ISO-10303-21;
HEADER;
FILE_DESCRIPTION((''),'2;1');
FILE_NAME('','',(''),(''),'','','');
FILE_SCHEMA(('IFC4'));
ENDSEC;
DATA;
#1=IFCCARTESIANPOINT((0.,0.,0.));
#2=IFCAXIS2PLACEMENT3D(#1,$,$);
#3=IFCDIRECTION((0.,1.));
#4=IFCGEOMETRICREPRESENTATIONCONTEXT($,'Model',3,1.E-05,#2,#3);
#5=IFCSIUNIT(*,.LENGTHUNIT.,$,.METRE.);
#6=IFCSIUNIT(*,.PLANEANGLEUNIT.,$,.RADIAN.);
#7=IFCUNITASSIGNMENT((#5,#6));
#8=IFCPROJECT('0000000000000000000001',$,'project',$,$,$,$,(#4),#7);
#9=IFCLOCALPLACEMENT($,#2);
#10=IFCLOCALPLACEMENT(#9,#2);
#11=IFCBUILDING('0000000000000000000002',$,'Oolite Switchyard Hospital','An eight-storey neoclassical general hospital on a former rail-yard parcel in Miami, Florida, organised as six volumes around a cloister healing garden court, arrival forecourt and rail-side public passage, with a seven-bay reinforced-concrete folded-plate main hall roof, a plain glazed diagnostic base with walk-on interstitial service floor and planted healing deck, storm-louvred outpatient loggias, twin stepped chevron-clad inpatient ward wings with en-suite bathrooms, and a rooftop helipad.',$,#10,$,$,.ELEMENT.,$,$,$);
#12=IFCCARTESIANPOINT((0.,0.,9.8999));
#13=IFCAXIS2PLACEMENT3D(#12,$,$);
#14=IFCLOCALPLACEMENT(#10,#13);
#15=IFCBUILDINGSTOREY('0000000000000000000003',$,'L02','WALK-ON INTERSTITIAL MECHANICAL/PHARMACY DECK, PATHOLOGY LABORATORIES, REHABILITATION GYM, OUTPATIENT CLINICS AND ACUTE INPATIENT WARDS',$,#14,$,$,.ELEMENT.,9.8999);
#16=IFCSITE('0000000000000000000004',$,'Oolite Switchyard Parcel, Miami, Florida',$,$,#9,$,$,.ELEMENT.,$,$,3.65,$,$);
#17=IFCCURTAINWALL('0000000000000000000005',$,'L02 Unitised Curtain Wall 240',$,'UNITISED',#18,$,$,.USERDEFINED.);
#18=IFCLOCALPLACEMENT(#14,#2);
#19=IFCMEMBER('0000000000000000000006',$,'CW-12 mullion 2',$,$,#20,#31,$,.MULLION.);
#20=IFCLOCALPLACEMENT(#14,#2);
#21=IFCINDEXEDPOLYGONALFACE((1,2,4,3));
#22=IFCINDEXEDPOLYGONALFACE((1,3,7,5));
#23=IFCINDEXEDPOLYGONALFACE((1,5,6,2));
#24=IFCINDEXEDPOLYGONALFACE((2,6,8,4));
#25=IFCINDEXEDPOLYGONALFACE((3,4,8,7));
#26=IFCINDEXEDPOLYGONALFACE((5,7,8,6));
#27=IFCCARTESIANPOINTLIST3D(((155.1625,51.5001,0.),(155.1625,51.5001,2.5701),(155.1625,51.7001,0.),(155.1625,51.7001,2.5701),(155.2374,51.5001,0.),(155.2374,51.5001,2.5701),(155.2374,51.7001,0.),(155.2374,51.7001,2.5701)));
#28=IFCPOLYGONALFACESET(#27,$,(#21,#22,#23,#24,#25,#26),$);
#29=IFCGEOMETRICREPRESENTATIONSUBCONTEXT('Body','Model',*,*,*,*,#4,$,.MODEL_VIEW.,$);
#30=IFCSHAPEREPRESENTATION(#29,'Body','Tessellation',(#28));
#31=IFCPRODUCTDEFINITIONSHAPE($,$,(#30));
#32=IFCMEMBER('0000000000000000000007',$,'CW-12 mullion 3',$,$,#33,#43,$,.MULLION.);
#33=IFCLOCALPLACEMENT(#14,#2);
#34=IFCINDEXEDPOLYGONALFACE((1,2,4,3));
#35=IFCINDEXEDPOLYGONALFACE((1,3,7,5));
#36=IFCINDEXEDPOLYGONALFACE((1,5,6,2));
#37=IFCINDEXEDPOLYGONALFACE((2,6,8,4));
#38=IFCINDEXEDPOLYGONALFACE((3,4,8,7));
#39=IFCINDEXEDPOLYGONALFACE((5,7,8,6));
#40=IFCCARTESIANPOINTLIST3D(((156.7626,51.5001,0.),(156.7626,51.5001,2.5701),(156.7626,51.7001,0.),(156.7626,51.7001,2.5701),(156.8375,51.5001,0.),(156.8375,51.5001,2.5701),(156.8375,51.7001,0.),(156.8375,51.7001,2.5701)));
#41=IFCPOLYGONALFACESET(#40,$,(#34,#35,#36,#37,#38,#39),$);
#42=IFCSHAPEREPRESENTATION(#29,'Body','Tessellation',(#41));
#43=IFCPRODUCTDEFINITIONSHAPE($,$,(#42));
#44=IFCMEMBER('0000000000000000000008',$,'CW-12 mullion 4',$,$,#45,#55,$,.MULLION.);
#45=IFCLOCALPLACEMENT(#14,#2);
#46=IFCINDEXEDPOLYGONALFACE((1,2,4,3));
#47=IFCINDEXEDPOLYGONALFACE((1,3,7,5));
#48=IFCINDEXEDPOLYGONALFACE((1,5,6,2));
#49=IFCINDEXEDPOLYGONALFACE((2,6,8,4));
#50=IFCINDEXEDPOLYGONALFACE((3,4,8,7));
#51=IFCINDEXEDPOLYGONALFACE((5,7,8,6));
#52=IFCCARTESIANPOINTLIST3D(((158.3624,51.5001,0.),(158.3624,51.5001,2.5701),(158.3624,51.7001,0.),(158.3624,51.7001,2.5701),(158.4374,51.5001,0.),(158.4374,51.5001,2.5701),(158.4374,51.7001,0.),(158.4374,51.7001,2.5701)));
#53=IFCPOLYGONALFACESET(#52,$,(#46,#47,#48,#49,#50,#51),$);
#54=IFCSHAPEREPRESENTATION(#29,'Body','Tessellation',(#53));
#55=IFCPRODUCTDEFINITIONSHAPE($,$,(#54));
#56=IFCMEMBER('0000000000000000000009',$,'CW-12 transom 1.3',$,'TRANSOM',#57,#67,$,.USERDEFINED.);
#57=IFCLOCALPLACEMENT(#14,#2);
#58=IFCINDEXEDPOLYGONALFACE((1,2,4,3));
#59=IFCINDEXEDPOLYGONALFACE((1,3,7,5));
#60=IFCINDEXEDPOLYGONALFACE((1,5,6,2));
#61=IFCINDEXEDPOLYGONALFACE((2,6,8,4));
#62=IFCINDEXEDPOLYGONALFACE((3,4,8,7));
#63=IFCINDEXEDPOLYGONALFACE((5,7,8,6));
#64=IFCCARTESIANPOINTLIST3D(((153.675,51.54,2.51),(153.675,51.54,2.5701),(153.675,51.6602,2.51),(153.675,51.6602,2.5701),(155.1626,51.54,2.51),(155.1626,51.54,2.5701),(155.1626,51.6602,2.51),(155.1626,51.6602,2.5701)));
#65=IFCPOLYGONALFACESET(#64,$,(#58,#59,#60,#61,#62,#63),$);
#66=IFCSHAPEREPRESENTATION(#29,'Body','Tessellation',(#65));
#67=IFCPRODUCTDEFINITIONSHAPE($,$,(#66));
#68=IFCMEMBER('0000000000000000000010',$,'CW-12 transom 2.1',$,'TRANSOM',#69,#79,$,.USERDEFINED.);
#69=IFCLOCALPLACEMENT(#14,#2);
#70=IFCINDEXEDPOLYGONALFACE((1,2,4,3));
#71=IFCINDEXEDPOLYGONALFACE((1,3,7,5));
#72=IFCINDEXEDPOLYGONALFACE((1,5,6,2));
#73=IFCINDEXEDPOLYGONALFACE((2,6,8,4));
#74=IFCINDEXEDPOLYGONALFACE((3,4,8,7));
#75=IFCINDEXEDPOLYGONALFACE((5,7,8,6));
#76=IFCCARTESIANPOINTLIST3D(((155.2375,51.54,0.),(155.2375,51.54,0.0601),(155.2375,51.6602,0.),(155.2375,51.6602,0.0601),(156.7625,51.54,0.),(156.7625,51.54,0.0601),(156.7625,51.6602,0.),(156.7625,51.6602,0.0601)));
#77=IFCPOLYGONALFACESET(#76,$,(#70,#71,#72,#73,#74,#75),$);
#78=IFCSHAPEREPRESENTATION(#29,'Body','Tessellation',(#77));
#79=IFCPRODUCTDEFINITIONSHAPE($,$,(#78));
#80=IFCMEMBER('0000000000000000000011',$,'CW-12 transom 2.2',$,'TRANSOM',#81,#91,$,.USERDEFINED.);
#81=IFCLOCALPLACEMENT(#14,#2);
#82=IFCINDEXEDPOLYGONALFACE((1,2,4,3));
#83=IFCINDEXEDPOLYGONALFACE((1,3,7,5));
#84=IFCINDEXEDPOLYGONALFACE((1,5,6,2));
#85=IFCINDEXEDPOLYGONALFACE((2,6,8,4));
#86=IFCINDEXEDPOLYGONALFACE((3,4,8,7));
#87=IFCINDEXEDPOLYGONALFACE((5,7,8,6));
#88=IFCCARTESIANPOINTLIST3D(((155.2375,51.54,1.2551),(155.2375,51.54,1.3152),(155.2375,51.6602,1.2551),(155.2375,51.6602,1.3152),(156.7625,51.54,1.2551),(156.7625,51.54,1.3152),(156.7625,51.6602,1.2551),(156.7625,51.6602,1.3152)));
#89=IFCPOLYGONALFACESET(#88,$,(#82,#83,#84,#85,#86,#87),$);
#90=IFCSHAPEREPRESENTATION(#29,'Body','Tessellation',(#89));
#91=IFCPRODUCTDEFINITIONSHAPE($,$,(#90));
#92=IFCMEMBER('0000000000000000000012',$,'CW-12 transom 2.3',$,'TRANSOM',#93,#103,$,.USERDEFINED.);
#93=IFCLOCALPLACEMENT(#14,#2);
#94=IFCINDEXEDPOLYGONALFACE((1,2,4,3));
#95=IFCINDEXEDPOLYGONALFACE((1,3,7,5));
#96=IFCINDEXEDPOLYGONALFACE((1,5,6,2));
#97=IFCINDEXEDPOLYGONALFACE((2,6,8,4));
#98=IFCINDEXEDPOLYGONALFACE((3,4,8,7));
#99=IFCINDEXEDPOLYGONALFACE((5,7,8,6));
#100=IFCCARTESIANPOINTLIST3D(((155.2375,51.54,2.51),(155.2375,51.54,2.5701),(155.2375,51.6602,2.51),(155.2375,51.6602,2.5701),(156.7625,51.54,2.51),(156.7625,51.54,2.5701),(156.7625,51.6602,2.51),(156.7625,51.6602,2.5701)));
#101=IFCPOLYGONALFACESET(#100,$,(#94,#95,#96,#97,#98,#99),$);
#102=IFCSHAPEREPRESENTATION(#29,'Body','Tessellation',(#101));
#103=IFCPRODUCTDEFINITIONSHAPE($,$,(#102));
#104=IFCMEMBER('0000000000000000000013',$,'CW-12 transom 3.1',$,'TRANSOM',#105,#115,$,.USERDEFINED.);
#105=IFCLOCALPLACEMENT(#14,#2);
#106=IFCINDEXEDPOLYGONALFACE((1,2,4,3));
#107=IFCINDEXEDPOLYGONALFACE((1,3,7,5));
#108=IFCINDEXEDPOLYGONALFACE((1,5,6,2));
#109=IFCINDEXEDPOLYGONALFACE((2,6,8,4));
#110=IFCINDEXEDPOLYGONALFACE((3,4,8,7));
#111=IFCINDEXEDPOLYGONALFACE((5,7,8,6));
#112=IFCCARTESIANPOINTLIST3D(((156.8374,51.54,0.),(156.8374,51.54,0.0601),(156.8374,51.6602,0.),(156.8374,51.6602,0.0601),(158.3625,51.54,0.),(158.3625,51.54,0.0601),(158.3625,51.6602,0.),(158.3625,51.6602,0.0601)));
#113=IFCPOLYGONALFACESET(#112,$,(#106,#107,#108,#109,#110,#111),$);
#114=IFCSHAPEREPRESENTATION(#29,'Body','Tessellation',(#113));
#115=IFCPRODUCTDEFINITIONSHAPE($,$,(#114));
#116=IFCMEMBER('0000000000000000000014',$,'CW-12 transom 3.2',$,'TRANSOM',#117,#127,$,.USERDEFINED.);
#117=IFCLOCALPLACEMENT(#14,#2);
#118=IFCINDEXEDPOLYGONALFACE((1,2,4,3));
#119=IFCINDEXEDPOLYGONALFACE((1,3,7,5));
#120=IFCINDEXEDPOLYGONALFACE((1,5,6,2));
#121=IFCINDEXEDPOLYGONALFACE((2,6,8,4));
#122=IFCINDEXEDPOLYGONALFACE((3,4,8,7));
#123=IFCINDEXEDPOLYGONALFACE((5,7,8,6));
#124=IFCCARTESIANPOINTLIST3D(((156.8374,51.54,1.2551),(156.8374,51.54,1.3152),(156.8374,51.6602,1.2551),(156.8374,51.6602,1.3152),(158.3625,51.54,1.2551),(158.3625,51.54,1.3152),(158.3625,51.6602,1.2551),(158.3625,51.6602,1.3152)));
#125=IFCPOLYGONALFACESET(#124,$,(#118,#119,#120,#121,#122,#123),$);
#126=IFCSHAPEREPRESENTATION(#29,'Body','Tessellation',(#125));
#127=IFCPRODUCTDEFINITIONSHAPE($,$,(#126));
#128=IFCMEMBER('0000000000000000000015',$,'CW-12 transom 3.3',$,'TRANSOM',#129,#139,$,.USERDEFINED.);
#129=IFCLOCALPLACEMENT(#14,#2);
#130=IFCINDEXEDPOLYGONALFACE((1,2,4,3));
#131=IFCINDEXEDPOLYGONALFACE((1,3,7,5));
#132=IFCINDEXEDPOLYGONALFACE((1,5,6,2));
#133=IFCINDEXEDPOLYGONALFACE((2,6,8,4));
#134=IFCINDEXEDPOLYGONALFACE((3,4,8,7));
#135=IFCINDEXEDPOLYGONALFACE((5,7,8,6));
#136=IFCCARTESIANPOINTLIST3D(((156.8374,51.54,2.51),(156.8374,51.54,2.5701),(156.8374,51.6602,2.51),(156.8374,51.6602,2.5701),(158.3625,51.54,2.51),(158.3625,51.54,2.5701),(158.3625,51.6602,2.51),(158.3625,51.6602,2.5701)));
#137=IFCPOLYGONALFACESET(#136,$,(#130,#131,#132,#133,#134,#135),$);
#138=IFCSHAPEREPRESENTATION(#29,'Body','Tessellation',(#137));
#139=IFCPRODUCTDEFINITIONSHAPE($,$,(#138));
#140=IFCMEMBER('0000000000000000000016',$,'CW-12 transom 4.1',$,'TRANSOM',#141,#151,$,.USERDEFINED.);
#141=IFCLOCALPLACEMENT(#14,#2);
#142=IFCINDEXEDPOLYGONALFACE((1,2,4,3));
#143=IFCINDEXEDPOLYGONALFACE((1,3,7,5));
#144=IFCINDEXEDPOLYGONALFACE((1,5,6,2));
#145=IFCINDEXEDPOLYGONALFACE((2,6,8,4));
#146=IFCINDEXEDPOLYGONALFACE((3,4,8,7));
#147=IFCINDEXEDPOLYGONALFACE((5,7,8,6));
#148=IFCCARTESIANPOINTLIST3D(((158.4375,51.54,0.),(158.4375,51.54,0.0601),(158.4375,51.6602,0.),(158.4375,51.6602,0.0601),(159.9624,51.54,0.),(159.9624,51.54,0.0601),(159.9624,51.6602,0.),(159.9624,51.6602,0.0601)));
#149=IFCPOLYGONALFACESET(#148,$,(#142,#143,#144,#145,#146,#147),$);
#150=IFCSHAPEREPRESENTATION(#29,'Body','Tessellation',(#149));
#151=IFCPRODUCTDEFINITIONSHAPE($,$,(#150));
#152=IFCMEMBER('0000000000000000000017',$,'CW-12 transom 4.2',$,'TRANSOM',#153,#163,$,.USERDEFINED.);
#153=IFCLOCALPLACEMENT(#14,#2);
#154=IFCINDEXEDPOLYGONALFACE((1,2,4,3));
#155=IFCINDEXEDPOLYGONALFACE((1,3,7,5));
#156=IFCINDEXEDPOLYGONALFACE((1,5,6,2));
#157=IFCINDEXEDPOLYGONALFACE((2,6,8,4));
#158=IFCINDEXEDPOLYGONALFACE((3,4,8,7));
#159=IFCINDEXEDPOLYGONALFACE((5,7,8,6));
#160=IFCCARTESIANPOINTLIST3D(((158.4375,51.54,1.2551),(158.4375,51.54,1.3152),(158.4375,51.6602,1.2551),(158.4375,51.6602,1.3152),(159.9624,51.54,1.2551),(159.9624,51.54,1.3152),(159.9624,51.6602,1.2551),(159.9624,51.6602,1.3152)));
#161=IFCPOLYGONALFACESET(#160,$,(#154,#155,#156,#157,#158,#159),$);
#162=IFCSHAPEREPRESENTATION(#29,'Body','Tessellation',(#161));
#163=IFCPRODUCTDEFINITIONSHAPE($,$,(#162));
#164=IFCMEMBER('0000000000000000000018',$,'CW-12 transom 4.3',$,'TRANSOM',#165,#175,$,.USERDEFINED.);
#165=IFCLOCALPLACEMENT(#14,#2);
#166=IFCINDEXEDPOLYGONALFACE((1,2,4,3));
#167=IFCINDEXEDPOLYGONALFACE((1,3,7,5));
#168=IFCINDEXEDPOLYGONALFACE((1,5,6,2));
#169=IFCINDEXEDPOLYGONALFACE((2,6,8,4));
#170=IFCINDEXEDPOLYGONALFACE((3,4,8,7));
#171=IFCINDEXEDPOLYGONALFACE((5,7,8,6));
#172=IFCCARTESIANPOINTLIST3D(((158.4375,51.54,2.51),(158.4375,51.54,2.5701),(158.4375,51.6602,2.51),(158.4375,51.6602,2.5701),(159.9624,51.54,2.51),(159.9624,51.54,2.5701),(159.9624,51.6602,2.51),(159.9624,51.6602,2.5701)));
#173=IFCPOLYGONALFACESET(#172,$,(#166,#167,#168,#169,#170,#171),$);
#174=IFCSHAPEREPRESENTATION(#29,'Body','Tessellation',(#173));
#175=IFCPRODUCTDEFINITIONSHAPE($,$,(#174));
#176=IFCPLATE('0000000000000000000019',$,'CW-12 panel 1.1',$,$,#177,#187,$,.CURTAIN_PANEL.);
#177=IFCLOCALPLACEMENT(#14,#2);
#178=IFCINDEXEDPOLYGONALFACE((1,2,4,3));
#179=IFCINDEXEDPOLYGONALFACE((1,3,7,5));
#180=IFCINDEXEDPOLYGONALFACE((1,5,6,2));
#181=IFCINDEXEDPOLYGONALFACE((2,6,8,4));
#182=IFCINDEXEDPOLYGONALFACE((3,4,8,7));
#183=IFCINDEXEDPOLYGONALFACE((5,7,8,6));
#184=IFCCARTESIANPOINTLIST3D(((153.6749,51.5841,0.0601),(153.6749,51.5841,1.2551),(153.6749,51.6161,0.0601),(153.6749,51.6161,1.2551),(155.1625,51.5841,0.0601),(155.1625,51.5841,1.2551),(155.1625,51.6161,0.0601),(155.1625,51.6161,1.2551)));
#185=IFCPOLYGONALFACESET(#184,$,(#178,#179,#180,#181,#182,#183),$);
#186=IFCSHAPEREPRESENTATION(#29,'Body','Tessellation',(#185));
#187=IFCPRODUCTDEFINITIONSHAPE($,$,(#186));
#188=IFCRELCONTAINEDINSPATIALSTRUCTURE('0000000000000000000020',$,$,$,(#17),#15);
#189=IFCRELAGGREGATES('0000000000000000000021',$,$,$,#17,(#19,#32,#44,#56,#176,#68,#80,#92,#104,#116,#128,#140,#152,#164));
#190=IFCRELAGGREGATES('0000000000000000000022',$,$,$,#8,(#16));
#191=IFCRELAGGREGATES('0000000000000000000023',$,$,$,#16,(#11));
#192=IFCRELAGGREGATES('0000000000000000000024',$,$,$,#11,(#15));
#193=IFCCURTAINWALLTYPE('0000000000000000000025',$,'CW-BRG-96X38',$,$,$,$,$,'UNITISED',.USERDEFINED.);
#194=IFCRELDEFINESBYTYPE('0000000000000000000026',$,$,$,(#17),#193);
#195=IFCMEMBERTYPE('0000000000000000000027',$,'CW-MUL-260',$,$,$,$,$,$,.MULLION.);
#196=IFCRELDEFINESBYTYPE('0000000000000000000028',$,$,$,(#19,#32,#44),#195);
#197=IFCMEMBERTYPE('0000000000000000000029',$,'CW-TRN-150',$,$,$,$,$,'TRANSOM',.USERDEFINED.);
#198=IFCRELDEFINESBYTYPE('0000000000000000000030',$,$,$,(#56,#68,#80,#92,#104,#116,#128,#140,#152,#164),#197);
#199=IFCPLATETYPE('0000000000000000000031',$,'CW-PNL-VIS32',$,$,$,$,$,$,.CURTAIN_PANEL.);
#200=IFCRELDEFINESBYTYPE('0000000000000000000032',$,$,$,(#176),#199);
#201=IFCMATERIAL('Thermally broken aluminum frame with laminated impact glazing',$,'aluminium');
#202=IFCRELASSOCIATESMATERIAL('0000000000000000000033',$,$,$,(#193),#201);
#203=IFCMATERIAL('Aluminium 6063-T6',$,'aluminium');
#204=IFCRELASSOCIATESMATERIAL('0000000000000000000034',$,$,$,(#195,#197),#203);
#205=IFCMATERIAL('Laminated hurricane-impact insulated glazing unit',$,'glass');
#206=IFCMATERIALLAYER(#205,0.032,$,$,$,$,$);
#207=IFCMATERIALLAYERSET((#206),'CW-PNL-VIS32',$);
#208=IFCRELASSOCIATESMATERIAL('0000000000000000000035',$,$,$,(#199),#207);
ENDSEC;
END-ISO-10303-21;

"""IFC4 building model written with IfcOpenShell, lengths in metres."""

from ifc_helpers import new_model, si_unit, direction, frame, origin, origin_2d, place, context, subcontext, project, spatial, rectangle, extrude, material, layer, layer_set, material_profile, profile_set, type_object, element, aggregate, save


model = new_model("IFC4")

# Units and contexts
model_context = context("Model", 3, precision=1e-05, world=origin(), true_north=direction((0.0, 1.0)))
body_context = subcontext(model_context, "Body", "Model", "MODEL_VIEW")
ifc_project = project(units=[si_unit("LENGTHUNIT", "METRE"), si_unit("PLANEANGLEUNIT", "RADIAN")], contexts=[model_context])

# Site, building, storey
site_placement = place(None, origin())
site = spatial("IfcSite", under=ifc_project, at=site_placement, Name="Oolite Switchyard Parcel, Miami, Florida", CompositionType="ELEMENT", RefElevation=3.65)
building_placement = place(site_placement, origin())
building = spatial("IfcBuilding", under=site, at=building_placement, Name="Oolite Switchyard Hospital", Description="An eight-storey neoclassical general hospital on a former rail-yard parcel in Miami, Florida, organised as six volumes around a cloister healing garden court, arrival forecourt and rail-side public passage, with a seven-bay reinforced-concrete folded-plate main hall roof, a plain glazed diagnostic base with walk-on interstitial service floor and planted healing deck, storm-louvred outpatient loggias, twin stepped chevron-clad inpatient ward wings with en-suite bathrooms, and a rooftop helipad.", CompositionType="ELEMENT")
storey_placement = place(building_placement, frame((0.0, 0.0, 9.8999)))
storey = spatial("IfcBuildingStorey", under=building, at=storey_placement, Name="L02", Description="WALK-ON INTERSTITIAL MECHANICAL/PHARMACY DECK, PATHOLOGY LABORATORIES, REHABILITATION GYM, OUTPATIENT CLINICS AND ACUTE INPATIENT WARDS", CompositionType="ELEMENT", Elevation=9.8999)

# Curtain wall, members, plate
ifc_material_1 = material(Name="Thermally broken aluminum frame with laminated impact glazing", Category="aluminium")
curtain_wall_type = type_object("IfcCurtainWallType", Name="CW-BRG-96X38", ElementType="UNITISED", PredefinedType="USERDEFINED", material=ifc_material_1)
curtain_wall_placement = place(storey_placement, origin())
curtain_wall = element("IfcCurtainWall", 1, at=curtain_wall_placement, inside=storey, type_object=curtain_wall_type, Name="L02 Unitised Curtain Wall 240", ObjectType="UNITISED", PredefinedType="USERDEFINED")
ifc_material_2 = material(Name="Aluminium 6063-T6", Category="aluminium")
ifc_material_profile_1 = material_profile(ifc_material_2, rectangle(XDim=0.2, YDim=0.075, at=origin_2d()), Name="CWM75X200")
ifc_profile_set_1 = profile_set([ifc_material_profile_1], Name="Aluminium 6063-T6")
member_type_1 = type_object("IfcMemberType", Name="CW-MUL-260", PredefinedType="MULLION", material=ifc_profile_set_1)
member_1_placement = place(storey_placement, frame((155.2, 51.6001, 0.0), z_axis=(0.0, 0.0, 1.0), x_axis=(0.0, 1.0, 0.0)))
member_1 = element("IfcMember", 2, at=member_1_placement, type_object=member_type_1, Name="CW-12 mullion 2", PredefinedType="MULLION", context=body_context, shape_type="SweptSolid", body=[
    extrude(rectangle(XDim=0.2, YDim=0.075, at=origin_2d()), origin(), (0.0, 0.0, 1.0), 2.5701),
])
member_2_placement = place(storey_placement, frame((156.8, 51.6001, 0.0), z_axis=(0.0, 0.0, 1.0), x_axis=(0.0, 1.0, 0.0)))
member_2 = element("IfcMember", 3, at=member_2_placement, type_object=member_type_1, Name="CW-12 mullion 3", PredefinedType="MULLION", context=body_context, shape_type="SweptSolid", body=[
    extrude(rectangle(XDim=0.2, YDim=0.075, at=origin_2d()), origin(), (0.0, 0.0, 1.0), 2.5701),
])
member_3_placement = place(storey_placement, frame((158.3999, 51.6001, 0.0), z_axis=(0.0, 0.0, 1.0), x_axis=(0.0, 1.0, 0.0)))
member_3 = element("IfcMember", 4, at=member_3_placement, type_object=member_type_1, Name="CW-12 mullion 4", PredefinedType="MULLION", context=body_context, shape_type="SweptSolid", body=[
    extrude(rectangle(XDim=0.2, YDim=0.075, at=origin_2d()), origin(), (0.0, 0.0, 1.0), 2.5701),
])
ifc_material_profile_2 = material_profile(ifc_material_2, rectangle(XDim=0.1201, YDim=0.0601, at=origin_2d()), Name="CWT60X120")
ifc_profile_set_2 = profile_set([ifc_material_profile_2], Name="Aluminium 6063-T6")
member_type_2 = type_object("IfcMemberType", Name="CW-TRN-150", ElementType="TRANSOM", PredefinedType="USERDEFINED", material=ifc_profile_set_2)
member_4_placement = place(storey_placement, frame((153.675, 51.6001, 2.54), z_axis=(1.0, 0.0, 0.0), x_axis=(0.0, 1.0, 0.0)))
member_4 = element("IfcMember", 5, at=member_4_placement, type_object=member_type_2, Name="CW-12 transom 1.3", ObjectType="TRANSOM", PredefinedType="USERDEFINED", context=body_context, shape_type="SweptSolid", body=[
    extrude(rectangle(XDim=0.1201, YDim=0.0601, at=origin_2d()), origin(), (0.0, 0.0, 1.0), 1.4875),
])
member_5_placement = place(storey_placement, frame((155.2375, 51.6001, 0.03), z_axis=(1.0, 0.0, 0.0), x_axis=(0.0, 1.0, 0.0)))
member_5 = element("IfcMember", 6, at=member_5_placement, type_object=member_type_2, Name="CW-12 transom 2.1", ObjectType="TRANSOM", PredefinedType="USERDEFINED", context=body_context, shape_type="SweptSolid", body=[
    extrude(rectangle(XDim=0.1201, YDim=0.0601, at=origin_2d()), origin(), (0.0, 0.0, 1.0), 1.5249),
])
member_6_placement = place(storey_placement, frame((155.2375, 51.6001, 1.2852), z_axis=(1.0, 0.0, 0.0), x_axis=(0.0, 1.0, 0.0)))
member_6 = element("IfcMember", 7, at=member_6_placement, type_object=member_type_2, Name="CW-12 transom 2.2", ObjectType="TRANSOM", PredefinedType="USERDEFINED", context=body_context, shape_type="SweptSolid", body=[
    extrude(rectangle(XDim=0.1201, YDim=0.0601, at=origin_2d()), origin(), (0.0, 0.0, 1.0), 1.5249),
])
member_7_placement = place(storey_placement, frame((155.2375, 51.6001, 2.54), z_axis=(1.0, 0.0, 0.0), x_axis=(0.0, 1.0, 0.0)))
member_7 = element("IfcMember", 8, at=member_7_placement, type_object=member_type_2, Name="CW-12 transom 2.3", ObjectType="TRANSOM", PredefinedType="USERDEFINED", context=body_context, shape_type="SweptSolid", body=[
    extrude(rectangle(XDim=0.1201, YDim=0.0601, at=origin_2d()), origin(), (0.0, 0.0, 1.0), 1.5249),
])
member_8_placement = place(storey_placement, frame((156.8374, 51.6001, 0.03), z_axis=(1.0, 0.0, 0.0), x_axis=(0.0, 1.0, 0.0)))
member_8 = element("IfcMember", 9, at=member_8_placement, type_object=member_type_2, Name="CW-12 transom 3.1", ObjectType="TRANSOM", PredefinedType="USERDEFINED", context=body_context, shape_type="SweptSolid", body=[
    extrude(rectangle(XDim=0.1201, YDim=0.0601, at=origin_2d()), origin(), (0.0, 0.0, 1.0), 1.5251),
])
member_9_placement = place(storey_placement, frame((156.8374, 51.6001, 1.2852), z_axis=(1.0, 0.0, 0.0), x_axis=(0.0, 1.0, 0.0)))
member_9 = element("IfcMember", 10, at=member_9_placement, type_object=member_type_2, Name="CW-12 transom 3.2", ObjectType="TRANSOM", PredefinedType="USERDEFINED", context=body_context, shape_type="SweptSolid", body=[
    extrude(rectangle(XDim=0.1201, YDim=0.0601, at=origin_2d()), origin(), (0.0, 0.0, 1.0), 1.5251),
])
member_10_placement = place(storey_placement, frame((156.8374, 51.6001, 2.54), z_axis=(1.0, 0.0, 0.0), x_axis=(0.0, 1.0, 0.0)))
member_10 = element("IfcMember", 11, at=member_10_placement, type_object=member_type_2, Name="CW-12 transom 3.3", ObjectType="TRANSOM", PredefinedType="USERDEFINED", context=body_context, shape_type="SweptSolid", body=[
    extrude(rectangle(XDim=0.1201, YDim=0.0601, at=origin_2d()), origin(), (0.0, 0.0, 1.0), 1.5251),
])
member_11_placement = place(storey_placement, frame((158.4375, 51.6001, 0.03), z_axis=(1.0, 0.0, 0.0), x_axis=(0.0, 1.0, 0.0)))
member_11 = element("IfcMember", 12, at=member_11_placement, type_object=member_type_2, Name="CW-12 transom 4.1", ObjectType="TRANSOM", PredefinedType="USERDEFINED", context=body_context, shape_type="SweptSolid", body=[
    extrude(rectangle(XDim=0.1201, YDim=0.0601, at=origin_2d()), origin(), (0.0, 0.0, 1.0), 1.5249),
])
member_12_placement = place(storey_placement, frame((158.4375, 51.6001, 1.2852), z_axis=(1.0, 0.0, 0.0), x_axis=(0.0, 1.0, 0.0)))
member_12 = element("IfcMember", 13, at=member_12_placement, type_object=member_type_2, Name="CW-12 transom 4.2", ObjectType="TRANSOM", PredefinedType="USERDEFINED", context=body_context, shape_type="SweptSolid", body=[
    extrude(rectangle(XDim=0.1201, YDim=0.0601, at=origin_2d()), origin(), (0.0, 0.0, 1.0), 1.5249),
])
member_13_placement = place(storey_placement, frame((158.4375, 51.6001, 2.54), z_axis=(1.0, 0.0, 0.0), x_axis=(0.0, 1.0, 0.0)))
member_13 = element("IfcMember", 14, at=member_13_placement, type_object=member_type_2, Name="CW-12 transom 4.3", ObjectType="TRANSOM", PredefinedType="USERDEFINED", context=body_context, shape_type="SweptSolid", body=[
    extrude(rectangle(XDim=0.1201, YDim=0.0601, at=origin_2d()), origin(), (0.0, 0.0, 1.0), 1.5249),
])
ifc_material_3 = material(Name="Laminated hurricane-impact insulated glazing unit", Category="glass")
ifc_layer = layer(ifc_material_3, 0.032)
ifc_layer_set = layer_set([ifc_layer], Name="CW-PNL-VIS32")
plate_type = type_object("IfcPlateType", Name="CW-PNL-VIS32", PredefinedType="CURTAIN_PANEL", material=ifc_layer_set)
plate_1_placement = place(storey_placement, frame((154.4187, 51.6001, 0.0601), z_axis=(0.0, 0.0, 1.0), x_axis=(1.0, 0.0, 0.0)))
plate_1 = element("IfcPlate", 15, at=plate_1_placement, type_object=plate_type, Name="CW-12 panel 1.1", PredefinedType="CURTAIN_PANEL", context=body_context, shape_type="SweptSolid", body=[
    extrude(rectangle(XDim=1.4875, YDim=0.032, at=origin_2d()), origin(), (0.0, 0.0, 1.0), 1.1951),
])
aggregate(curtain_wall, [member_1, member_2, member_3, member_4, plate_1, member_5, member_6, member_7, member_8, member_9, member_10, member_11, member_12, member_13])

save(model, "model.ifc")
